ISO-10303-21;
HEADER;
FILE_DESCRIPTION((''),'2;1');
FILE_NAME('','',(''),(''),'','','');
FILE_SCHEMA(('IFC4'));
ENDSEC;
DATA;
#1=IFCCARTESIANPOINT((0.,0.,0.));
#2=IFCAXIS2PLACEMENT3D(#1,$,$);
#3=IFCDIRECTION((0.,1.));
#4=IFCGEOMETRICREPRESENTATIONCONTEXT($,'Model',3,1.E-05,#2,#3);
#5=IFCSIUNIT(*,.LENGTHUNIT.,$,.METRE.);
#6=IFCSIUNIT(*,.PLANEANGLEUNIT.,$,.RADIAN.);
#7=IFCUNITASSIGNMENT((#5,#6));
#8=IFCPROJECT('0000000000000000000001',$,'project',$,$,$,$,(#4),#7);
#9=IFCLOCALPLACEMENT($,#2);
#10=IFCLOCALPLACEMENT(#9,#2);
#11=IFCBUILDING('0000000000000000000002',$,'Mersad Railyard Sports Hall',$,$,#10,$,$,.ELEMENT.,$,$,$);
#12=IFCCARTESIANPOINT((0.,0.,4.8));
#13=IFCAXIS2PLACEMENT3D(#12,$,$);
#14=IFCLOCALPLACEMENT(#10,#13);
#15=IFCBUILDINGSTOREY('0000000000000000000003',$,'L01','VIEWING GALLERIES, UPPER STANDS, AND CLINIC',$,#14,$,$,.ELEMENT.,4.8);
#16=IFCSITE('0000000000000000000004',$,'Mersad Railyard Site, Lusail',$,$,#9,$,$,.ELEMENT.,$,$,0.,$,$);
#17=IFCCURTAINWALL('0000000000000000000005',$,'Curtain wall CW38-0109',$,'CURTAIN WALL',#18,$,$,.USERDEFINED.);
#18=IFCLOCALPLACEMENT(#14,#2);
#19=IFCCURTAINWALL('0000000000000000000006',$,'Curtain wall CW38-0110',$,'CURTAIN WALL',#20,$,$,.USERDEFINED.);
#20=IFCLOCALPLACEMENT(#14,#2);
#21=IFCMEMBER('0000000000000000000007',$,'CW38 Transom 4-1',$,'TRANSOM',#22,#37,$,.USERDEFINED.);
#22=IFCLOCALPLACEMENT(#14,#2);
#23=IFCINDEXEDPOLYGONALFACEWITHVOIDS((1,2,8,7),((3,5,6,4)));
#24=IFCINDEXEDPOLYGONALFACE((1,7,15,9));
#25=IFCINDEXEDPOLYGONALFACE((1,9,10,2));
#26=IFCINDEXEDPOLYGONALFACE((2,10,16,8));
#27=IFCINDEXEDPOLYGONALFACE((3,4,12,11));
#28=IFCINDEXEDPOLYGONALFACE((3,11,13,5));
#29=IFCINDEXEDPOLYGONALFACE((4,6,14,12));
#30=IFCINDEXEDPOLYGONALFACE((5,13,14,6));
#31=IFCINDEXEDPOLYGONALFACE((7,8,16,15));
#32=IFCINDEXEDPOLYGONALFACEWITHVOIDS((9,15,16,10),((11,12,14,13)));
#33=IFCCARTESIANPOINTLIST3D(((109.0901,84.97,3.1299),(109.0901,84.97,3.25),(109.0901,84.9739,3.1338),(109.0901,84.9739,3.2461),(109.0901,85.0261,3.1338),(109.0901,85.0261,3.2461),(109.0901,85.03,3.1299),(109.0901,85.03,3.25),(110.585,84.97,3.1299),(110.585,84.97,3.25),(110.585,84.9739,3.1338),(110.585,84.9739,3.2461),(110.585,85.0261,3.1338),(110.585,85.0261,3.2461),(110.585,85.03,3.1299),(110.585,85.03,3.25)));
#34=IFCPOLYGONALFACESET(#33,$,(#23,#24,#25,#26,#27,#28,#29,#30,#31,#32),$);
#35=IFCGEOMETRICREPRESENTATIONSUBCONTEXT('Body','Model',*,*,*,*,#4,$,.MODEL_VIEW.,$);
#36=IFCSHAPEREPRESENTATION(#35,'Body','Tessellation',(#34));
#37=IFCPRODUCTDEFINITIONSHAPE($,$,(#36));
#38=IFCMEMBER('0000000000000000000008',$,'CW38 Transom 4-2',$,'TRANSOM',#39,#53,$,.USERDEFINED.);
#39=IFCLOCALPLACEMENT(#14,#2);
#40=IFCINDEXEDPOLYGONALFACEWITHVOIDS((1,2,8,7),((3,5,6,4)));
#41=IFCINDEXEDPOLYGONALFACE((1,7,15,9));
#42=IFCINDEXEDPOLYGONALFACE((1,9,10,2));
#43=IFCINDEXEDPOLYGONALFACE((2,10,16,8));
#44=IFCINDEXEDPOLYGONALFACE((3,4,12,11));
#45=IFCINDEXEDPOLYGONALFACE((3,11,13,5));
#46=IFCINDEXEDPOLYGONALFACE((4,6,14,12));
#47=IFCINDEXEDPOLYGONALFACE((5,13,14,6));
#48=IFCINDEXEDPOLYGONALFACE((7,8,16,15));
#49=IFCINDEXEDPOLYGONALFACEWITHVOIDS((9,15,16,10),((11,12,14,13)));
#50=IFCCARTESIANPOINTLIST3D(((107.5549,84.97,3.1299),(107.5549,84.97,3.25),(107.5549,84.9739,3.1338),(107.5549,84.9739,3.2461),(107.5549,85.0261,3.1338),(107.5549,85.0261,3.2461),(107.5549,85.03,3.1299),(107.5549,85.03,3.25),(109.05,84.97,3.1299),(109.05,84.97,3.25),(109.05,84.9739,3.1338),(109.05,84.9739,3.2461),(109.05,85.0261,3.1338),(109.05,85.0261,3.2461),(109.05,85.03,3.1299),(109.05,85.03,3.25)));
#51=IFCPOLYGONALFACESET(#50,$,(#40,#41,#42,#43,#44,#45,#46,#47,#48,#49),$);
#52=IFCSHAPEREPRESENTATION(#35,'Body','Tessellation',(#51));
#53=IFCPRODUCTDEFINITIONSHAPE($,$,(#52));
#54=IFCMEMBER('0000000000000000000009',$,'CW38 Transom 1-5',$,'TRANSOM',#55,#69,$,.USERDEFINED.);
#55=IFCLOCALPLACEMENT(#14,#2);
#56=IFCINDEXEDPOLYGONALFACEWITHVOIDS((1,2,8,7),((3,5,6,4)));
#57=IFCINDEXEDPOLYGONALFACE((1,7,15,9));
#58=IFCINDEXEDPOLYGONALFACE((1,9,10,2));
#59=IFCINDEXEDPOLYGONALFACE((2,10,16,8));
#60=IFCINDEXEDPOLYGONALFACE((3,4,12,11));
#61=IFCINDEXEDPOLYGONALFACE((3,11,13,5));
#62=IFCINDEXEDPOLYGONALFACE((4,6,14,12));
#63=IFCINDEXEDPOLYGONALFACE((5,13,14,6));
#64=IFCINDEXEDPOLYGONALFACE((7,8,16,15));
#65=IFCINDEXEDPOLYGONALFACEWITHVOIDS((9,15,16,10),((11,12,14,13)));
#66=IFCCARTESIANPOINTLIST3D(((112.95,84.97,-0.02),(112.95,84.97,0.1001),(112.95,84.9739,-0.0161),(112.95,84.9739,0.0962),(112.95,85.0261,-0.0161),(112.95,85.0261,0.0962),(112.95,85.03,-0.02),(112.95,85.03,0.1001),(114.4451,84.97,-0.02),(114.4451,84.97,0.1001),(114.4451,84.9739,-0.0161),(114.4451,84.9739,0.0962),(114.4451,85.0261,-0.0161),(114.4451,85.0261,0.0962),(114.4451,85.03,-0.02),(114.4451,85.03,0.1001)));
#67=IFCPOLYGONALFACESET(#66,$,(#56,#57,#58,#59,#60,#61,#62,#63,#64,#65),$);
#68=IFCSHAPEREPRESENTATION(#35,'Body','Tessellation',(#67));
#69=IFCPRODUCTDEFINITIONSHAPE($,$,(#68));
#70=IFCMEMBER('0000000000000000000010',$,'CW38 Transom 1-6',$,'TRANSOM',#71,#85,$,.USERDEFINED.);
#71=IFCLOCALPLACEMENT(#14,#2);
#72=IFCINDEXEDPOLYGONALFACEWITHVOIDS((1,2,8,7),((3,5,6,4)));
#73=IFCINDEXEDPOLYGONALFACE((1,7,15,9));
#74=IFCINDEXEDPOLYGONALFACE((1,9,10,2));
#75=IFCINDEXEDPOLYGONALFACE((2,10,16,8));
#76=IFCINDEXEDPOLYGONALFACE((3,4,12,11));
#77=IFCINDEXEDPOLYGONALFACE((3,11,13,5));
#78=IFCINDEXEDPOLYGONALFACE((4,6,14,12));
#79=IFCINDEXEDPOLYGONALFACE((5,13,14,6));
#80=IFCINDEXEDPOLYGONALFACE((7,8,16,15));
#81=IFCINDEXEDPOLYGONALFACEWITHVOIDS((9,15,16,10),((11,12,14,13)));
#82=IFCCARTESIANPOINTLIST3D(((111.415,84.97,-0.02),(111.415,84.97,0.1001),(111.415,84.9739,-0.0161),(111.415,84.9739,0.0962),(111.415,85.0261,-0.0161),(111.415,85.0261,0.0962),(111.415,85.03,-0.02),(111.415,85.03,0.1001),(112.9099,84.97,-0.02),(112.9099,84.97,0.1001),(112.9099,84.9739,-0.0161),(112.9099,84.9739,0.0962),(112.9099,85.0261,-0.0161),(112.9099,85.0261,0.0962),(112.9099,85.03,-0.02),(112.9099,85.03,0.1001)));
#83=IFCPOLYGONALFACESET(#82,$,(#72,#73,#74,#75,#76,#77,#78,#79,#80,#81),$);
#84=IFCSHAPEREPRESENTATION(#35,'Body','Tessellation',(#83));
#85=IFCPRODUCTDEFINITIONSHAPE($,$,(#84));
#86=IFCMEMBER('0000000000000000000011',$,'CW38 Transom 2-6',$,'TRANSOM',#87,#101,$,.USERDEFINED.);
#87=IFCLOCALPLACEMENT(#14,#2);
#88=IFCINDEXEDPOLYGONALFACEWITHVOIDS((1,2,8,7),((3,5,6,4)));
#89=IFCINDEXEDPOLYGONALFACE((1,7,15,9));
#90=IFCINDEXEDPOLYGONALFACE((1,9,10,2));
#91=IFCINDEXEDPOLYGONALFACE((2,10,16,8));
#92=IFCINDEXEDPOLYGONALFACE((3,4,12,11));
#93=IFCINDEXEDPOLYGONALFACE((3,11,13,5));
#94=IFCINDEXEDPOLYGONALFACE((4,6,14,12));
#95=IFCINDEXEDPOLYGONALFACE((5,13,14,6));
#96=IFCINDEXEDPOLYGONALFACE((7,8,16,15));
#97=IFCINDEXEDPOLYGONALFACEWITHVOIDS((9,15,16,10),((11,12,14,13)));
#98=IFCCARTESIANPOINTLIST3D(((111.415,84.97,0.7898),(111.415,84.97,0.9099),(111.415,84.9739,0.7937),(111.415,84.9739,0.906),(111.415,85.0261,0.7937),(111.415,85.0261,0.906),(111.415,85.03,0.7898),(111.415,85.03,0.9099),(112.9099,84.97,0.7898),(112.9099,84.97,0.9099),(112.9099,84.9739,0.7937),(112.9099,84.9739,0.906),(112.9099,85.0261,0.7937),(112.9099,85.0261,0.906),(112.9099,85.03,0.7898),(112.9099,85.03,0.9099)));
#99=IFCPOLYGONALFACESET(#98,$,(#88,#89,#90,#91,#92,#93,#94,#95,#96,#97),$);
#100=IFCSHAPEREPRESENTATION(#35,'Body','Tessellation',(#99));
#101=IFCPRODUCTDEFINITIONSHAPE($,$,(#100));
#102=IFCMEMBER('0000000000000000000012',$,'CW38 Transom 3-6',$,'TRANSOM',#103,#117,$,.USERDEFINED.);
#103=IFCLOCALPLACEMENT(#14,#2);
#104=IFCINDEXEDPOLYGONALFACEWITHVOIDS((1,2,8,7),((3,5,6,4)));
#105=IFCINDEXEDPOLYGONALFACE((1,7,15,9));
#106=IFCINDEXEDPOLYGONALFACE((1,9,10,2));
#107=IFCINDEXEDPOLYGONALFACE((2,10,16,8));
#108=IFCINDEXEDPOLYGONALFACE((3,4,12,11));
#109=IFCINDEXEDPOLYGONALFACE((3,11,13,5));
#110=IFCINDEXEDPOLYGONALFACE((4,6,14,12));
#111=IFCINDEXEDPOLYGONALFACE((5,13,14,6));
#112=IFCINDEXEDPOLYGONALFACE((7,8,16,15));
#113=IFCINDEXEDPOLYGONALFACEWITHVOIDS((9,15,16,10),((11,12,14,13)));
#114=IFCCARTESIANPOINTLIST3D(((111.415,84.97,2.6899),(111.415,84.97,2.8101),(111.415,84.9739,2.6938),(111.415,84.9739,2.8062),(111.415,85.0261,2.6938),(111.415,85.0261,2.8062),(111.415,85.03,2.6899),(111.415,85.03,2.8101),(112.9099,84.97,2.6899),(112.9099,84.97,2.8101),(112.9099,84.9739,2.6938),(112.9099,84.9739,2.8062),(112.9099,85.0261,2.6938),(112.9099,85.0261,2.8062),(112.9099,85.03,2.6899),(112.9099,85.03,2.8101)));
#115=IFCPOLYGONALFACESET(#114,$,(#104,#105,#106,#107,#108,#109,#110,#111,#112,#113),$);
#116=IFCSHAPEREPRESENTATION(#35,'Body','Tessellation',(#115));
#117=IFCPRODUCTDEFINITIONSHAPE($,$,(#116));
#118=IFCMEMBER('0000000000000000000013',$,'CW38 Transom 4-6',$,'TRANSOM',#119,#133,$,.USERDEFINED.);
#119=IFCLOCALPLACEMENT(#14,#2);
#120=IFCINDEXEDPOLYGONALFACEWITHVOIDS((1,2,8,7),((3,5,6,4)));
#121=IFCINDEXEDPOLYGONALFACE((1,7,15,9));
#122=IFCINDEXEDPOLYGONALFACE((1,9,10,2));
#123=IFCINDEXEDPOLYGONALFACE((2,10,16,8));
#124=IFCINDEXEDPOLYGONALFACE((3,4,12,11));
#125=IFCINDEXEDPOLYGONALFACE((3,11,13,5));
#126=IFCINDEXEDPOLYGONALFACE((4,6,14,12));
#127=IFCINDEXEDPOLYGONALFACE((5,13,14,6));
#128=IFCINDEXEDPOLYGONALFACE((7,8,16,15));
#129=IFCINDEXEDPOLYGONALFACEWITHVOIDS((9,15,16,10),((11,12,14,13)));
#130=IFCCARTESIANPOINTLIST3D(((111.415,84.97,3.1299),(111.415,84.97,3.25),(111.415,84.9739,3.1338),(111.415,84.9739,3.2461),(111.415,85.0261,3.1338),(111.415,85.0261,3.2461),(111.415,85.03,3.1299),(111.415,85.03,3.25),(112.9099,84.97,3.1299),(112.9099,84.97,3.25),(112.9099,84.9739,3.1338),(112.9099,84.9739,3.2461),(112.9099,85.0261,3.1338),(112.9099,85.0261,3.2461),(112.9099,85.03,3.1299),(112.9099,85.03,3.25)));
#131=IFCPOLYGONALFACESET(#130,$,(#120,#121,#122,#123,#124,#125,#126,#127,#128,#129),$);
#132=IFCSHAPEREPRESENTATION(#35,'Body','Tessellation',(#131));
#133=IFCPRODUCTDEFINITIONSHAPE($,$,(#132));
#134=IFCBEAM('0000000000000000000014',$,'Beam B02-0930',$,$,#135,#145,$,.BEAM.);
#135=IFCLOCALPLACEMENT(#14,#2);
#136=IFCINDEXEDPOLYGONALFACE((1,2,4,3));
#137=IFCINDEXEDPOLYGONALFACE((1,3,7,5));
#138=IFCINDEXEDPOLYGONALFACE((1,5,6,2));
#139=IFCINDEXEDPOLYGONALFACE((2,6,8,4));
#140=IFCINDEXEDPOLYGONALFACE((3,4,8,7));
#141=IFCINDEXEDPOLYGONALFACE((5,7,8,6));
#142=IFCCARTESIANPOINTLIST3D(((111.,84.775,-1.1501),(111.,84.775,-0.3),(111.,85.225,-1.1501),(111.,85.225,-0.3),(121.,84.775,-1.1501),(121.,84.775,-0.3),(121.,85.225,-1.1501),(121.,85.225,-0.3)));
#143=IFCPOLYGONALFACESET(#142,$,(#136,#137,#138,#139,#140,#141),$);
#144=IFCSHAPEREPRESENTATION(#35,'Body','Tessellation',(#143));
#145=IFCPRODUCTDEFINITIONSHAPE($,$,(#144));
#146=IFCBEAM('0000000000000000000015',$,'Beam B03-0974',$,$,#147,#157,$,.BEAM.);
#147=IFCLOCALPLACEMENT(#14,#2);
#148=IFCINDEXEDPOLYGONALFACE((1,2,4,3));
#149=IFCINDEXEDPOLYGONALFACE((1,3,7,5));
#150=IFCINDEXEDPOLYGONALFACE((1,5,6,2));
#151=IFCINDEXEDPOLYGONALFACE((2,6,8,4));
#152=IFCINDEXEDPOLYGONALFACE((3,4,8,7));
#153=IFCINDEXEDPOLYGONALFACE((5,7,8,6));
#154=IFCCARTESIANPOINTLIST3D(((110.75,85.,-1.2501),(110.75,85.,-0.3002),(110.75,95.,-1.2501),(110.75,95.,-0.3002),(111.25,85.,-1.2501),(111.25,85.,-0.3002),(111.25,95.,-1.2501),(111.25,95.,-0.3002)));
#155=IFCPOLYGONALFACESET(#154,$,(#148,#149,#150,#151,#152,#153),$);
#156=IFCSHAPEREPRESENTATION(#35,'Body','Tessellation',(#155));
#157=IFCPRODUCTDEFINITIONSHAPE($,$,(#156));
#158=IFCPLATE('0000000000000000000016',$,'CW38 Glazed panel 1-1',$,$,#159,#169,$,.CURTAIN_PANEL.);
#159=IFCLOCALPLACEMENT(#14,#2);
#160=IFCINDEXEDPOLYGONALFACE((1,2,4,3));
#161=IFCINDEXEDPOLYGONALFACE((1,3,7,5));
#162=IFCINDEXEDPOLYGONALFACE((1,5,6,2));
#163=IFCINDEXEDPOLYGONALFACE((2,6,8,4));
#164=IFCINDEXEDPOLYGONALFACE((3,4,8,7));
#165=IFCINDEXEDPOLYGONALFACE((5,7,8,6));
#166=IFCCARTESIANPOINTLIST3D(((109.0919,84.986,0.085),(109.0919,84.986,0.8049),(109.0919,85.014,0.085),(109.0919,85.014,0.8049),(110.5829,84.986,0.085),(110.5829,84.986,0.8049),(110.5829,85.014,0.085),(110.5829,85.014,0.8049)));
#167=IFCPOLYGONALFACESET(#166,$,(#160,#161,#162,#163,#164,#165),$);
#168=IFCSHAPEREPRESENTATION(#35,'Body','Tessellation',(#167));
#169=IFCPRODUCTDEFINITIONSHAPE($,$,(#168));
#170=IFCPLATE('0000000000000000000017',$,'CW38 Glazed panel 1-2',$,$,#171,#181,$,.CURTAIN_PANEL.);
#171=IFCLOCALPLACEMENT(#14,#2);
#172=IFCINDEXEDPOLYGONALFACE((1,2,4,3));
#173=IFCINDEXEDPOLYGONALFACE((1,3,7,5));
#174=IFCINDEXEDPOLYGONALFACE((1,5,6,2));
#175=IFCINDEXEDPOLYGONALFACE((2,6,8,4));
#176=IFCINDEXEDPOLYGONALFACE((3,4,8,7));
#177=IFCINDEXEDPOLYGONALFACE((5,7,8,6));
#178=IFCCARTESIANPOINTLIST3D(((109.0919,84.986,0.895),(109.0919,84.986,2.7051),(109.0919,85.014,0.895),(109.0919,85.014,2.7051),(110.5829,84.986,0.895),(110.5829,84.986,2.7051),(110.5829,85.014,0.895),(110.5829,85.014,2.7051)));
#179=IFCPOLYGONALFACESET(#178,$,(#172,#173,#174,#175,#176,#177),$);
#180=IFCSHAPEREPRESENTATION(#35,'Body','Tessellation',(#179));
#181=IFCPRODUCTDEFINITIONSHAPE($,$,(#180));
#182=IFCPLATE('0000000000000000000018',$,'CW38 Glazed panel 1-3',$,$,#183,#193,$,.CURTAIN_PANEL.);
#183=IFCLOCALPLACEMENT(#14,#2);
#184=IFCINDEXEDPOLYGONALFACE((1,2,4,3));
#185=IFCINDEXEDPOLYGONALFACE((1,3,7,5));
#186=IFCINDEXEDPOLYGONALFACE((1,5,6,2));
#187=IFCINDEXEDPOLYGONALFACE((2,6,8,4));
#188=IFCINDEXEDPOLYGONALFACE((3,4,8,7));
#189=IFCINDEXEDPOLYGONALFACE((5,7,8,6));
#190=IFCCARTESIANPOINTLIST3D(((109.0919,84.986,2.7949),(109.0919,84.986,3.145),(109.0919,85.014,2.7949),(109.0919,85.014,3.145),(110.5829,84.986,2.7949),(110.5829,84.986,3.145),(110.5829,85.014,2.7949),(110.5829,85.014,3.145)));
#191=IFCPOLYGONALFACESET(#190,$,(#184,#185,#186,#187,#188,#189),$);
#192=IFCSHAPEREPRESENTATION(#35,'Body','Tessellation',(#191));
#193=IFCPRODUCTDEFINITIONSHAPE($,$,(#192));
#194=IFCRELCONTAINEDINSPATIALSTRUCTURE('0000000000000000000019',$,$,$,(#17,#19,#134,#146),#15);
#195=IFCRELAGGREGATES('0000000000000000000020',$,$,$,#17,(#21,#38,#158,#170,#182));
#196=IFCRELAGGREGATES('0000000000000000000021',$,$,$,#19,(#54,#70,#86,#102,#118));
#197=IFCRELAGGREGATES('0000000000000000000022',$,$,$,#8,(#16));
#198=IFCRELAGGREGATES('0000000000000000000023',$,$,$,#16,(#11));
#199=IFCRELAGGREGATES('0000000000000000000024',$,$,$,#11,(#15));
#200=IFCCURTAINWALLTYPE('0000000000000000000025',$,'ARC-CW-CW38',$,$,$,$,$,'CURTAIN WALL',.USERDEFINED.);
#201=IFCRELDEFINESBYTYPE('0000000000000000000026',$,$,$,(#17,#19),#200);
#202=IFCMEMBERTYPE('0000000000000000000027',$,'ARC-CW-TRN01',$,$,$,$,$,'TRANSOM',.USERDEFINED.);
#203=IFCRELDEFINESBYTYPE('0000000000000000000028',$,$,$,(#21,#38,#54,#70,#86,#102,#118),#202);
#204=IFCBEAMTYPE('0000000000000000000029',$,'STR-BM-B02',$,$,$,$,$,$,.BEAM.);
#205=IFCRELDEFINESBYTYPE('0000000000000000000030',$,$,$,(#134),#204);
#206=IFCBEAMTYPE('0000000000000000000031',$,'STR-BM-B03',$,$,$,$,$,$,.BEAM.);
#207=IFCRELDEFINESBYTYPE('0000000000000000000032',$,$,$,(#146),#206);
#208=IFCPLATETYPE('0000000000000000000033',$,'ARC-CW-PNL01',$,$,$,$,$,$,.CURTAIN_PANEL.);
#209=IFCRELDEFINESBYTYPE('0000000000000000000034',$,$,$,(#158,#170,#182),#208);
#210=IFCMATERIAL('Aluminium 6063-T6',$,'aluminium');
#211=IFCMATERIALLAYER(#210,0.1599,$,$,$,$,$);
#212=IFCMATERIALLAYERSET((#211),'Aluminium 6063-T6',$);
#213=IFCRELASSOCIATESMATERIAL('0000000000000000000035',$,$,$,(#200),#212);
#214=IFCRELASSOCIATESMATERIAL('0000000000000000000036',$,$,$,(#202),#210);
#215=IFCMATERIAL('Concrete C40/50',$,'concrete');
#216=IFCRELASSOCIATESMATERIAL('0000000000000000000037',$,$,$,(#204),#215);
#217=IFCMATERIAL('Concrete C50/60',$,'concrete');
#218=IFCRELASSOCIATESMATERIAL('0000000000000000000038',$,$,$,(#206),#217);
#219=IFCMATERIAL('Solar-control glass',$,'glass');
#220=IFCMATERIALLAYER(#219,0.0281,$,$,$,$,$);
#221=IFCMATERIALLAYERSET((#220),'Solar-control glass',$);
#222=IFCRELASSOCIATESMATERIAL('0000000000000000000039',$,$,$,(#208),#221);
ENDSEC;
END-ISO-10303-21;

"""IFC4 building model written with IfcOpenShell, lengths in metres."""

from ifc_helpers import new_model, si_unit, direction, frame, origin, origin_2d, place, context, subcontext, project, spatial, rectangle, hollow_rectangle, extrude, material, layer, layer_set, material_profile, profile_set, type_object, element, aggregate, save


model = new_model("IFC4")

# Units and contexts
model_context = context("Model", 3, precision=1e-05, world=origin(), true_north=direction((0.0, 1.0)))
body_context = subcontext(model_context, "Body", "Model", "MODEL_VIEW")
ifc_project = project(units=[si_unit("LENGTHUNIT", "METRE"), si_unit("PLANEANGLEUNIT", "RADIAN")], contexts=[model_context])

# Site, building, storey
site_placement = place(None, origin())
site = spatial("IfcSite", under=ifc_project, at=site_placement, Name="Mersad Railyard Site, Lusail", CompositionType="ELEMENT", RefElevation=0.0)
building_placement = place(site_placement, origin())
building = spatial("IfcBuilding", under=site, at=building_placement, Name="Mersad Railyard Sports Hall", CompositionType="ELEMENT")
storey_placement = place(building_placement, frame((0.0, 0.0, 4.8)))
storey = spatial("IfcBuildingStorey", under=building, at=storey_placement, Name="L01", Description="VIEWING GALLERIES, UPPER STANDS, AND CLINIC", CompositionType="ELEMENT", Elevation=4.8)

# Shared definitions
ifc_material_1 = material(Name="Concrete C50/60", Category="concrete")

# Curtain walls
ifc_material_2 = material(Name="Aluminium 6063-T6", Category="aluminium")
ifc_layer_1 = layer(ifc_material_2, 0.1599)
ifc_layer_set_1 = layer_set([ifc_layer_1], Name="Aluminium 6063-T6")
curtain_wall_type = type_object("IfcCurtainWallType", Name="ARC-CW-CW38", ElementType="CURTAIN WALL", PredefinedType="USERDEFINED", material=ifc_layer_set_1)
curtain_wall_1_placement = place(storey_placement, origin())
curtain_wall_1 = element("IfcCurtainWall", 1, at=curtain_wall_1_placement, inside=storey, type_object=curtain_wall_type, Name="Curtain wall CW38-0109", ObjectType="CURTAIN WALL", PredefinedType="USERDEFINED")
curtain_wall_2_placement = place(storey_placement, origin())
curtain_wall_2 = element("IfcCurtainWall", 2, at=curtain_wall_2_placement, inside=storey, type_object=curtain_wall_type, Name="Curtain wall CW38-0110", ObjectType="CURTAIN WALL", PredefinedType="USERDEFINED")

# Members
ifc_material_profile_1 = material_profile(ifc_material_2, hollow_rectangle(XDim=0.0601, YDim=0.1201, WallThickness=0.0039, at=origin_2d()), Name="AL TRANSOM 60x120x4")
ifc_profile_set_1 = profile_set([ifc_material_profile_1], Name="Aluminium 6063-T6")
member_type_1 = type_object("IfcMemberType", Name="ARC-CW-TRN01", ElementType="TRANSOM", PredefinedType="USERDEFINED", material=ifc_profile_set_1)
member_1_placement = place(storey_placement, frame((110.585, 85.0, 3.1899), z_axis=(-1.0, 0.0, 0.0), x_axis=(0.0, -1.0, 0.0)))
member_1 = element("IfcMember", 3, at=member_1_placement, type_object=member_type_1, Name="CW38 Transom 4-1", ObjectType="TRANSOM", PredefinedType="USERDEFINED", context=body_context, shape_type="SweptSolid", body=[
    extrude(hollow_rectangle(XDim=0.0601, YDim=0.1201, WallThickness=0.0039, at=origin_2d()), origin(), (0.0, 0.0, 1.0), 1.4949),
])
member_2_placement = place(storey_placement, frame((109.05, 85.0, 3.1899), z_axis=(-1.0, 0.0, 0.0), x_axis=(0.0, -1.0, 0.0)))
member_2 = element("IfcMember", 4, at=member_2_placement, type_object=member_type_1, Name="CW38 Transom 4-2", ObjectType="TRANSOM", PredefinedType="USERDEFINED", context=body_context, shape_type="SweptSolid", body=[
    extrude(hollow_rectangle(XDim=0.0601, YDim=0.1201, WallThickness=0.0039, at=origin_2d()), origin(), (0.0, 0.0, 1.0), 1.4951),
])
member_3_placement = place(storey_placement, frame((114.4451, 85.0, 0.04), z_axis=(-1.0, 0.0, 0.0), x_axis=(0.0, -1.0, 0.0)))
member_3 = element("IfcMember", 5, at=member_3_placement, type_object=member_type_1, Name="CW38 Transom 1-5", ObjectType="TRANSOM", PredefinedType="USERDEFINED", context=body_context, shape_type="SweptSolid", body=[
    extrude(hollow_rectangle(XDim=0.0601, YDim=0.1201, WallThickness=0.0039, at=origin_2d()), origin(), (0.0, 0.0, 1.0), 1.4951),
])
member_4_placement = place(storey_placement, frame((112.9099, 85.0, 0.04), z_axis=(-1.0, 0.0, 0.0), x_axis=(0.0, -1.0, 0.0)))
member_4 = element("IfcMember", 6, at=member_4_placement, type_object=member_type_1, Name="CW38 Transom 1-6", ObjectType="TRANSOM", PredefinedType="USERDEFINED", context=body_context, shape_type="SweptSolid", body=[
    extrude(hollow_rectangle(XDim=0.0601, YDim=0.1201, WallThickness=0.0039, at=origin_2d()), origin(), (0.0, 0.0, 1.0), 1.4949),
])
member_5_placement = place(storey_placement, frame((112.9099, 85.0, 0.8499), z_axis=(-1.0, 0.0, 0.0), x_axis=(0.0, -1.0, 0.0)))
member_5 = element("IfcMember", 7, at=member_5_placement, type_object=member_type_1, Name="CW38 Transom 2-6", ObjectType="TRANSOM", PredefinedType="USERDEFINED", context=body_context, shape_type="SweptSolid", body=[
    extrude(hollow_rectangle(XDim=0.0601, YDim=0.1201, WallThickness=0.0039, at=origin_2d()), origin(), (0.0, 0.0, 1.0), 1.4949),
])
member_6_placement = place(storey_placement, frame((112.9099, 85.0, 2.75), z_axis=(-1.0, 0.0, 0.0), x_axis=(0.0, -1.0, 0.0)))
member_6 = element("IfcMember", 8, at=member_6_placement, type_object=member_type_1, Name="CW38 Transom 3-6", ObjectType="TRANSOM", PredefinedType="USERDEFINED", context=body_context, shape_type="SweptSolid", body=[
    extrude(hollow_rectangle(XDim=0.0601, YDim=0.1201, WallThickness=0.0039, at=origin_2d()), origin(), (0.0, 0.0, 1.0), 1.4949),
])
member_7_placement = place(storey_placement, frame((112.9099, 85.0, 3.1899), z_axis=(-1.0, 0.0, 0.0), x_axis=(0.0, -1.0, 0.0)))
member_7 = element("IfcMember", 9, at=member_7_placement, type_object=member_type_1, Name="CW38 Transom 4-6", ObjectType="TRANSOM", PredefinedType="USERDEFINED", context=body_context, shape_type="SweptSolid", body=[
    extrude(hollow_rectangle(XDim=0.0601, YDim=0.1201, WallThickness=0.0039, at=origin_2d()), origin(), (0.0, 0.0, 1.0), 1.4949),
])

# Beams
ifc_material_3 = material(Name="Concrete C40/50", Category="concrete")
ifc_material_profile_2 = material_profile(ifc_material_3, rectangle(XDim=0.45, YDim=0.8501, at=origin_2d()), Name="RC 450x850")
ifc_profile_set_2 = profile_set([ifc_material_profile_2], Name="Concrete C40/50")
beam_type_1 = type_object("IfcBeamType", Name="STR-BM-B02", PredefinedType="BEAM", material=ifc_profile_set_2)
beam_1_placement = place(storey_placement, frame((111.0, 85.0, -0.7251), z_axis=(1.0, 0.0, 0.0), x_axis=(0.0, 1.0, 0.0)))
element("IfcBeam", 10, at=beam_1_placement, inside=storey, type_object=beam_type_1, Name="Beam B02-0930", PredefinedType="BEAM", context=body_context, shape_type="SweptSolid", body=[
    extrude(rectangle(XDim=0.45, YDim=0.8501, at=origin_2d()), origin(), (0.0, 0.0, 1.0), 10.0),
])
ifc_material_profile_3 = material_profile(ifc_material_1, rectangle(XDim=0.5, YDim=0.95, at=origin_2d()), Name="RC 500x950")
ifc_profile_set_3 = profile_set([ifc_material_profile_3], Name="Concrete C50/60")
beam_type_2 = type_object("IfcBeamType", Name="STR-BM-B03", PredefinedType="BEAM", material=ifc_profile_set_3)
beam_2_placement = place(storey_placement, frame((111.0, 85.0, -0.7751), z_axis=(0.0, 1.0, 0.0), x_axis=(-1.0, 0.0, 0.0)))
element("IfcBeam", 11, at=beam_2_placement, inside=storey, type_object=beam_type_2, Name="Beam B03-0974", PredefinedType="BEAM", context=body_context, shape_type="SweptSolid", body=[
    extrude(rectangle(XDim=0.5, YDim=0.95, at=origin_2d()), origin(), (0.0, 0.0, 1.0), 10.0),
])

# Plates
ifc_material_4 = material(Name="Solar-control glass", Category="glass")
ifc_layer_2 = layer(ifc_material_4, 0.0281)
ifc_layer_set_2 = layer_set([ifc_layer_2], Name="Solar-control glass")
plate_type = type_object("IfcPlateType", Name="ARC-CW-PNL01", PredefinedType="CURTAIN_PANEL", material=ifc_layer_set_2)
plate_1_placement = place(storey_placement, frame((109.8374, 85.0, 0.085), z_axis=(0.0, 0.0, 1.0), x_axis=(-1.0, 0.0, 0.0)))
plate_1 = element("IfcPlate", 12, at=plate_1_placement, type_object=plate_type, Name="CW38 Glazed panel 1-1", PredefinedType="CURTAIN_PANEL", context=body_context, shape_type="SweptSolid", body=[
    extrude(rectangle(XDim=1.491, YDim=0.0281, at=origin_2d()), origin(), (0.0, 0.0, 1.0), 0.72),
])
plate_2_placement = place(storey_placement, frame((109.8374, 85.0, 0.895), z_axis=(0.0, 0.0, 1.0), x_axis=(-1.0, 0.0, 0.0)))
plate_2 = element("IfcPlate", 13, at=plate_2_placement, type_object=plate_type, Name="CW38 Glazed panel 1-2", PredefinedType="CURTAIN_PANEL", context=body_context, shape_type="SweptSolid", body=[
    extrude(rectangle(XDim=1.491, YDim=0.0281, at=origin_2d()), origin(), (0.0, 0.0, 1.0), 1.8101),
])
plate_3_placement = place(storey_placement, frame((109.8374, 85.0, 2.7949), z_axis=(0.0, 0.0, 1.0), x_axis=(-1.0, 0.0, 0.0)))
plate_3 = element("IfcPlate", 14, at=plate_3_placement, type_object=plate_type, Name="CW38 Glazed panel 1-3", PredefinedType="CURTAIN_PANEL", context=body_context, shape_type="SweptSolid", body=[
    extrude(rectangle(XDim=1.491, YDim=0.0281, at=origin_2d()), origin(), (0.0, 0.0, 1.0), 0.3501),
])
aggregate(curtain_wall_1, [member_1, member_2, plate_1, plate_2, plate_3])
aggregate(curtain_wall_2, [member_3, member_4, member_5, member_6, member_7])

save(model, "model.ifc")
